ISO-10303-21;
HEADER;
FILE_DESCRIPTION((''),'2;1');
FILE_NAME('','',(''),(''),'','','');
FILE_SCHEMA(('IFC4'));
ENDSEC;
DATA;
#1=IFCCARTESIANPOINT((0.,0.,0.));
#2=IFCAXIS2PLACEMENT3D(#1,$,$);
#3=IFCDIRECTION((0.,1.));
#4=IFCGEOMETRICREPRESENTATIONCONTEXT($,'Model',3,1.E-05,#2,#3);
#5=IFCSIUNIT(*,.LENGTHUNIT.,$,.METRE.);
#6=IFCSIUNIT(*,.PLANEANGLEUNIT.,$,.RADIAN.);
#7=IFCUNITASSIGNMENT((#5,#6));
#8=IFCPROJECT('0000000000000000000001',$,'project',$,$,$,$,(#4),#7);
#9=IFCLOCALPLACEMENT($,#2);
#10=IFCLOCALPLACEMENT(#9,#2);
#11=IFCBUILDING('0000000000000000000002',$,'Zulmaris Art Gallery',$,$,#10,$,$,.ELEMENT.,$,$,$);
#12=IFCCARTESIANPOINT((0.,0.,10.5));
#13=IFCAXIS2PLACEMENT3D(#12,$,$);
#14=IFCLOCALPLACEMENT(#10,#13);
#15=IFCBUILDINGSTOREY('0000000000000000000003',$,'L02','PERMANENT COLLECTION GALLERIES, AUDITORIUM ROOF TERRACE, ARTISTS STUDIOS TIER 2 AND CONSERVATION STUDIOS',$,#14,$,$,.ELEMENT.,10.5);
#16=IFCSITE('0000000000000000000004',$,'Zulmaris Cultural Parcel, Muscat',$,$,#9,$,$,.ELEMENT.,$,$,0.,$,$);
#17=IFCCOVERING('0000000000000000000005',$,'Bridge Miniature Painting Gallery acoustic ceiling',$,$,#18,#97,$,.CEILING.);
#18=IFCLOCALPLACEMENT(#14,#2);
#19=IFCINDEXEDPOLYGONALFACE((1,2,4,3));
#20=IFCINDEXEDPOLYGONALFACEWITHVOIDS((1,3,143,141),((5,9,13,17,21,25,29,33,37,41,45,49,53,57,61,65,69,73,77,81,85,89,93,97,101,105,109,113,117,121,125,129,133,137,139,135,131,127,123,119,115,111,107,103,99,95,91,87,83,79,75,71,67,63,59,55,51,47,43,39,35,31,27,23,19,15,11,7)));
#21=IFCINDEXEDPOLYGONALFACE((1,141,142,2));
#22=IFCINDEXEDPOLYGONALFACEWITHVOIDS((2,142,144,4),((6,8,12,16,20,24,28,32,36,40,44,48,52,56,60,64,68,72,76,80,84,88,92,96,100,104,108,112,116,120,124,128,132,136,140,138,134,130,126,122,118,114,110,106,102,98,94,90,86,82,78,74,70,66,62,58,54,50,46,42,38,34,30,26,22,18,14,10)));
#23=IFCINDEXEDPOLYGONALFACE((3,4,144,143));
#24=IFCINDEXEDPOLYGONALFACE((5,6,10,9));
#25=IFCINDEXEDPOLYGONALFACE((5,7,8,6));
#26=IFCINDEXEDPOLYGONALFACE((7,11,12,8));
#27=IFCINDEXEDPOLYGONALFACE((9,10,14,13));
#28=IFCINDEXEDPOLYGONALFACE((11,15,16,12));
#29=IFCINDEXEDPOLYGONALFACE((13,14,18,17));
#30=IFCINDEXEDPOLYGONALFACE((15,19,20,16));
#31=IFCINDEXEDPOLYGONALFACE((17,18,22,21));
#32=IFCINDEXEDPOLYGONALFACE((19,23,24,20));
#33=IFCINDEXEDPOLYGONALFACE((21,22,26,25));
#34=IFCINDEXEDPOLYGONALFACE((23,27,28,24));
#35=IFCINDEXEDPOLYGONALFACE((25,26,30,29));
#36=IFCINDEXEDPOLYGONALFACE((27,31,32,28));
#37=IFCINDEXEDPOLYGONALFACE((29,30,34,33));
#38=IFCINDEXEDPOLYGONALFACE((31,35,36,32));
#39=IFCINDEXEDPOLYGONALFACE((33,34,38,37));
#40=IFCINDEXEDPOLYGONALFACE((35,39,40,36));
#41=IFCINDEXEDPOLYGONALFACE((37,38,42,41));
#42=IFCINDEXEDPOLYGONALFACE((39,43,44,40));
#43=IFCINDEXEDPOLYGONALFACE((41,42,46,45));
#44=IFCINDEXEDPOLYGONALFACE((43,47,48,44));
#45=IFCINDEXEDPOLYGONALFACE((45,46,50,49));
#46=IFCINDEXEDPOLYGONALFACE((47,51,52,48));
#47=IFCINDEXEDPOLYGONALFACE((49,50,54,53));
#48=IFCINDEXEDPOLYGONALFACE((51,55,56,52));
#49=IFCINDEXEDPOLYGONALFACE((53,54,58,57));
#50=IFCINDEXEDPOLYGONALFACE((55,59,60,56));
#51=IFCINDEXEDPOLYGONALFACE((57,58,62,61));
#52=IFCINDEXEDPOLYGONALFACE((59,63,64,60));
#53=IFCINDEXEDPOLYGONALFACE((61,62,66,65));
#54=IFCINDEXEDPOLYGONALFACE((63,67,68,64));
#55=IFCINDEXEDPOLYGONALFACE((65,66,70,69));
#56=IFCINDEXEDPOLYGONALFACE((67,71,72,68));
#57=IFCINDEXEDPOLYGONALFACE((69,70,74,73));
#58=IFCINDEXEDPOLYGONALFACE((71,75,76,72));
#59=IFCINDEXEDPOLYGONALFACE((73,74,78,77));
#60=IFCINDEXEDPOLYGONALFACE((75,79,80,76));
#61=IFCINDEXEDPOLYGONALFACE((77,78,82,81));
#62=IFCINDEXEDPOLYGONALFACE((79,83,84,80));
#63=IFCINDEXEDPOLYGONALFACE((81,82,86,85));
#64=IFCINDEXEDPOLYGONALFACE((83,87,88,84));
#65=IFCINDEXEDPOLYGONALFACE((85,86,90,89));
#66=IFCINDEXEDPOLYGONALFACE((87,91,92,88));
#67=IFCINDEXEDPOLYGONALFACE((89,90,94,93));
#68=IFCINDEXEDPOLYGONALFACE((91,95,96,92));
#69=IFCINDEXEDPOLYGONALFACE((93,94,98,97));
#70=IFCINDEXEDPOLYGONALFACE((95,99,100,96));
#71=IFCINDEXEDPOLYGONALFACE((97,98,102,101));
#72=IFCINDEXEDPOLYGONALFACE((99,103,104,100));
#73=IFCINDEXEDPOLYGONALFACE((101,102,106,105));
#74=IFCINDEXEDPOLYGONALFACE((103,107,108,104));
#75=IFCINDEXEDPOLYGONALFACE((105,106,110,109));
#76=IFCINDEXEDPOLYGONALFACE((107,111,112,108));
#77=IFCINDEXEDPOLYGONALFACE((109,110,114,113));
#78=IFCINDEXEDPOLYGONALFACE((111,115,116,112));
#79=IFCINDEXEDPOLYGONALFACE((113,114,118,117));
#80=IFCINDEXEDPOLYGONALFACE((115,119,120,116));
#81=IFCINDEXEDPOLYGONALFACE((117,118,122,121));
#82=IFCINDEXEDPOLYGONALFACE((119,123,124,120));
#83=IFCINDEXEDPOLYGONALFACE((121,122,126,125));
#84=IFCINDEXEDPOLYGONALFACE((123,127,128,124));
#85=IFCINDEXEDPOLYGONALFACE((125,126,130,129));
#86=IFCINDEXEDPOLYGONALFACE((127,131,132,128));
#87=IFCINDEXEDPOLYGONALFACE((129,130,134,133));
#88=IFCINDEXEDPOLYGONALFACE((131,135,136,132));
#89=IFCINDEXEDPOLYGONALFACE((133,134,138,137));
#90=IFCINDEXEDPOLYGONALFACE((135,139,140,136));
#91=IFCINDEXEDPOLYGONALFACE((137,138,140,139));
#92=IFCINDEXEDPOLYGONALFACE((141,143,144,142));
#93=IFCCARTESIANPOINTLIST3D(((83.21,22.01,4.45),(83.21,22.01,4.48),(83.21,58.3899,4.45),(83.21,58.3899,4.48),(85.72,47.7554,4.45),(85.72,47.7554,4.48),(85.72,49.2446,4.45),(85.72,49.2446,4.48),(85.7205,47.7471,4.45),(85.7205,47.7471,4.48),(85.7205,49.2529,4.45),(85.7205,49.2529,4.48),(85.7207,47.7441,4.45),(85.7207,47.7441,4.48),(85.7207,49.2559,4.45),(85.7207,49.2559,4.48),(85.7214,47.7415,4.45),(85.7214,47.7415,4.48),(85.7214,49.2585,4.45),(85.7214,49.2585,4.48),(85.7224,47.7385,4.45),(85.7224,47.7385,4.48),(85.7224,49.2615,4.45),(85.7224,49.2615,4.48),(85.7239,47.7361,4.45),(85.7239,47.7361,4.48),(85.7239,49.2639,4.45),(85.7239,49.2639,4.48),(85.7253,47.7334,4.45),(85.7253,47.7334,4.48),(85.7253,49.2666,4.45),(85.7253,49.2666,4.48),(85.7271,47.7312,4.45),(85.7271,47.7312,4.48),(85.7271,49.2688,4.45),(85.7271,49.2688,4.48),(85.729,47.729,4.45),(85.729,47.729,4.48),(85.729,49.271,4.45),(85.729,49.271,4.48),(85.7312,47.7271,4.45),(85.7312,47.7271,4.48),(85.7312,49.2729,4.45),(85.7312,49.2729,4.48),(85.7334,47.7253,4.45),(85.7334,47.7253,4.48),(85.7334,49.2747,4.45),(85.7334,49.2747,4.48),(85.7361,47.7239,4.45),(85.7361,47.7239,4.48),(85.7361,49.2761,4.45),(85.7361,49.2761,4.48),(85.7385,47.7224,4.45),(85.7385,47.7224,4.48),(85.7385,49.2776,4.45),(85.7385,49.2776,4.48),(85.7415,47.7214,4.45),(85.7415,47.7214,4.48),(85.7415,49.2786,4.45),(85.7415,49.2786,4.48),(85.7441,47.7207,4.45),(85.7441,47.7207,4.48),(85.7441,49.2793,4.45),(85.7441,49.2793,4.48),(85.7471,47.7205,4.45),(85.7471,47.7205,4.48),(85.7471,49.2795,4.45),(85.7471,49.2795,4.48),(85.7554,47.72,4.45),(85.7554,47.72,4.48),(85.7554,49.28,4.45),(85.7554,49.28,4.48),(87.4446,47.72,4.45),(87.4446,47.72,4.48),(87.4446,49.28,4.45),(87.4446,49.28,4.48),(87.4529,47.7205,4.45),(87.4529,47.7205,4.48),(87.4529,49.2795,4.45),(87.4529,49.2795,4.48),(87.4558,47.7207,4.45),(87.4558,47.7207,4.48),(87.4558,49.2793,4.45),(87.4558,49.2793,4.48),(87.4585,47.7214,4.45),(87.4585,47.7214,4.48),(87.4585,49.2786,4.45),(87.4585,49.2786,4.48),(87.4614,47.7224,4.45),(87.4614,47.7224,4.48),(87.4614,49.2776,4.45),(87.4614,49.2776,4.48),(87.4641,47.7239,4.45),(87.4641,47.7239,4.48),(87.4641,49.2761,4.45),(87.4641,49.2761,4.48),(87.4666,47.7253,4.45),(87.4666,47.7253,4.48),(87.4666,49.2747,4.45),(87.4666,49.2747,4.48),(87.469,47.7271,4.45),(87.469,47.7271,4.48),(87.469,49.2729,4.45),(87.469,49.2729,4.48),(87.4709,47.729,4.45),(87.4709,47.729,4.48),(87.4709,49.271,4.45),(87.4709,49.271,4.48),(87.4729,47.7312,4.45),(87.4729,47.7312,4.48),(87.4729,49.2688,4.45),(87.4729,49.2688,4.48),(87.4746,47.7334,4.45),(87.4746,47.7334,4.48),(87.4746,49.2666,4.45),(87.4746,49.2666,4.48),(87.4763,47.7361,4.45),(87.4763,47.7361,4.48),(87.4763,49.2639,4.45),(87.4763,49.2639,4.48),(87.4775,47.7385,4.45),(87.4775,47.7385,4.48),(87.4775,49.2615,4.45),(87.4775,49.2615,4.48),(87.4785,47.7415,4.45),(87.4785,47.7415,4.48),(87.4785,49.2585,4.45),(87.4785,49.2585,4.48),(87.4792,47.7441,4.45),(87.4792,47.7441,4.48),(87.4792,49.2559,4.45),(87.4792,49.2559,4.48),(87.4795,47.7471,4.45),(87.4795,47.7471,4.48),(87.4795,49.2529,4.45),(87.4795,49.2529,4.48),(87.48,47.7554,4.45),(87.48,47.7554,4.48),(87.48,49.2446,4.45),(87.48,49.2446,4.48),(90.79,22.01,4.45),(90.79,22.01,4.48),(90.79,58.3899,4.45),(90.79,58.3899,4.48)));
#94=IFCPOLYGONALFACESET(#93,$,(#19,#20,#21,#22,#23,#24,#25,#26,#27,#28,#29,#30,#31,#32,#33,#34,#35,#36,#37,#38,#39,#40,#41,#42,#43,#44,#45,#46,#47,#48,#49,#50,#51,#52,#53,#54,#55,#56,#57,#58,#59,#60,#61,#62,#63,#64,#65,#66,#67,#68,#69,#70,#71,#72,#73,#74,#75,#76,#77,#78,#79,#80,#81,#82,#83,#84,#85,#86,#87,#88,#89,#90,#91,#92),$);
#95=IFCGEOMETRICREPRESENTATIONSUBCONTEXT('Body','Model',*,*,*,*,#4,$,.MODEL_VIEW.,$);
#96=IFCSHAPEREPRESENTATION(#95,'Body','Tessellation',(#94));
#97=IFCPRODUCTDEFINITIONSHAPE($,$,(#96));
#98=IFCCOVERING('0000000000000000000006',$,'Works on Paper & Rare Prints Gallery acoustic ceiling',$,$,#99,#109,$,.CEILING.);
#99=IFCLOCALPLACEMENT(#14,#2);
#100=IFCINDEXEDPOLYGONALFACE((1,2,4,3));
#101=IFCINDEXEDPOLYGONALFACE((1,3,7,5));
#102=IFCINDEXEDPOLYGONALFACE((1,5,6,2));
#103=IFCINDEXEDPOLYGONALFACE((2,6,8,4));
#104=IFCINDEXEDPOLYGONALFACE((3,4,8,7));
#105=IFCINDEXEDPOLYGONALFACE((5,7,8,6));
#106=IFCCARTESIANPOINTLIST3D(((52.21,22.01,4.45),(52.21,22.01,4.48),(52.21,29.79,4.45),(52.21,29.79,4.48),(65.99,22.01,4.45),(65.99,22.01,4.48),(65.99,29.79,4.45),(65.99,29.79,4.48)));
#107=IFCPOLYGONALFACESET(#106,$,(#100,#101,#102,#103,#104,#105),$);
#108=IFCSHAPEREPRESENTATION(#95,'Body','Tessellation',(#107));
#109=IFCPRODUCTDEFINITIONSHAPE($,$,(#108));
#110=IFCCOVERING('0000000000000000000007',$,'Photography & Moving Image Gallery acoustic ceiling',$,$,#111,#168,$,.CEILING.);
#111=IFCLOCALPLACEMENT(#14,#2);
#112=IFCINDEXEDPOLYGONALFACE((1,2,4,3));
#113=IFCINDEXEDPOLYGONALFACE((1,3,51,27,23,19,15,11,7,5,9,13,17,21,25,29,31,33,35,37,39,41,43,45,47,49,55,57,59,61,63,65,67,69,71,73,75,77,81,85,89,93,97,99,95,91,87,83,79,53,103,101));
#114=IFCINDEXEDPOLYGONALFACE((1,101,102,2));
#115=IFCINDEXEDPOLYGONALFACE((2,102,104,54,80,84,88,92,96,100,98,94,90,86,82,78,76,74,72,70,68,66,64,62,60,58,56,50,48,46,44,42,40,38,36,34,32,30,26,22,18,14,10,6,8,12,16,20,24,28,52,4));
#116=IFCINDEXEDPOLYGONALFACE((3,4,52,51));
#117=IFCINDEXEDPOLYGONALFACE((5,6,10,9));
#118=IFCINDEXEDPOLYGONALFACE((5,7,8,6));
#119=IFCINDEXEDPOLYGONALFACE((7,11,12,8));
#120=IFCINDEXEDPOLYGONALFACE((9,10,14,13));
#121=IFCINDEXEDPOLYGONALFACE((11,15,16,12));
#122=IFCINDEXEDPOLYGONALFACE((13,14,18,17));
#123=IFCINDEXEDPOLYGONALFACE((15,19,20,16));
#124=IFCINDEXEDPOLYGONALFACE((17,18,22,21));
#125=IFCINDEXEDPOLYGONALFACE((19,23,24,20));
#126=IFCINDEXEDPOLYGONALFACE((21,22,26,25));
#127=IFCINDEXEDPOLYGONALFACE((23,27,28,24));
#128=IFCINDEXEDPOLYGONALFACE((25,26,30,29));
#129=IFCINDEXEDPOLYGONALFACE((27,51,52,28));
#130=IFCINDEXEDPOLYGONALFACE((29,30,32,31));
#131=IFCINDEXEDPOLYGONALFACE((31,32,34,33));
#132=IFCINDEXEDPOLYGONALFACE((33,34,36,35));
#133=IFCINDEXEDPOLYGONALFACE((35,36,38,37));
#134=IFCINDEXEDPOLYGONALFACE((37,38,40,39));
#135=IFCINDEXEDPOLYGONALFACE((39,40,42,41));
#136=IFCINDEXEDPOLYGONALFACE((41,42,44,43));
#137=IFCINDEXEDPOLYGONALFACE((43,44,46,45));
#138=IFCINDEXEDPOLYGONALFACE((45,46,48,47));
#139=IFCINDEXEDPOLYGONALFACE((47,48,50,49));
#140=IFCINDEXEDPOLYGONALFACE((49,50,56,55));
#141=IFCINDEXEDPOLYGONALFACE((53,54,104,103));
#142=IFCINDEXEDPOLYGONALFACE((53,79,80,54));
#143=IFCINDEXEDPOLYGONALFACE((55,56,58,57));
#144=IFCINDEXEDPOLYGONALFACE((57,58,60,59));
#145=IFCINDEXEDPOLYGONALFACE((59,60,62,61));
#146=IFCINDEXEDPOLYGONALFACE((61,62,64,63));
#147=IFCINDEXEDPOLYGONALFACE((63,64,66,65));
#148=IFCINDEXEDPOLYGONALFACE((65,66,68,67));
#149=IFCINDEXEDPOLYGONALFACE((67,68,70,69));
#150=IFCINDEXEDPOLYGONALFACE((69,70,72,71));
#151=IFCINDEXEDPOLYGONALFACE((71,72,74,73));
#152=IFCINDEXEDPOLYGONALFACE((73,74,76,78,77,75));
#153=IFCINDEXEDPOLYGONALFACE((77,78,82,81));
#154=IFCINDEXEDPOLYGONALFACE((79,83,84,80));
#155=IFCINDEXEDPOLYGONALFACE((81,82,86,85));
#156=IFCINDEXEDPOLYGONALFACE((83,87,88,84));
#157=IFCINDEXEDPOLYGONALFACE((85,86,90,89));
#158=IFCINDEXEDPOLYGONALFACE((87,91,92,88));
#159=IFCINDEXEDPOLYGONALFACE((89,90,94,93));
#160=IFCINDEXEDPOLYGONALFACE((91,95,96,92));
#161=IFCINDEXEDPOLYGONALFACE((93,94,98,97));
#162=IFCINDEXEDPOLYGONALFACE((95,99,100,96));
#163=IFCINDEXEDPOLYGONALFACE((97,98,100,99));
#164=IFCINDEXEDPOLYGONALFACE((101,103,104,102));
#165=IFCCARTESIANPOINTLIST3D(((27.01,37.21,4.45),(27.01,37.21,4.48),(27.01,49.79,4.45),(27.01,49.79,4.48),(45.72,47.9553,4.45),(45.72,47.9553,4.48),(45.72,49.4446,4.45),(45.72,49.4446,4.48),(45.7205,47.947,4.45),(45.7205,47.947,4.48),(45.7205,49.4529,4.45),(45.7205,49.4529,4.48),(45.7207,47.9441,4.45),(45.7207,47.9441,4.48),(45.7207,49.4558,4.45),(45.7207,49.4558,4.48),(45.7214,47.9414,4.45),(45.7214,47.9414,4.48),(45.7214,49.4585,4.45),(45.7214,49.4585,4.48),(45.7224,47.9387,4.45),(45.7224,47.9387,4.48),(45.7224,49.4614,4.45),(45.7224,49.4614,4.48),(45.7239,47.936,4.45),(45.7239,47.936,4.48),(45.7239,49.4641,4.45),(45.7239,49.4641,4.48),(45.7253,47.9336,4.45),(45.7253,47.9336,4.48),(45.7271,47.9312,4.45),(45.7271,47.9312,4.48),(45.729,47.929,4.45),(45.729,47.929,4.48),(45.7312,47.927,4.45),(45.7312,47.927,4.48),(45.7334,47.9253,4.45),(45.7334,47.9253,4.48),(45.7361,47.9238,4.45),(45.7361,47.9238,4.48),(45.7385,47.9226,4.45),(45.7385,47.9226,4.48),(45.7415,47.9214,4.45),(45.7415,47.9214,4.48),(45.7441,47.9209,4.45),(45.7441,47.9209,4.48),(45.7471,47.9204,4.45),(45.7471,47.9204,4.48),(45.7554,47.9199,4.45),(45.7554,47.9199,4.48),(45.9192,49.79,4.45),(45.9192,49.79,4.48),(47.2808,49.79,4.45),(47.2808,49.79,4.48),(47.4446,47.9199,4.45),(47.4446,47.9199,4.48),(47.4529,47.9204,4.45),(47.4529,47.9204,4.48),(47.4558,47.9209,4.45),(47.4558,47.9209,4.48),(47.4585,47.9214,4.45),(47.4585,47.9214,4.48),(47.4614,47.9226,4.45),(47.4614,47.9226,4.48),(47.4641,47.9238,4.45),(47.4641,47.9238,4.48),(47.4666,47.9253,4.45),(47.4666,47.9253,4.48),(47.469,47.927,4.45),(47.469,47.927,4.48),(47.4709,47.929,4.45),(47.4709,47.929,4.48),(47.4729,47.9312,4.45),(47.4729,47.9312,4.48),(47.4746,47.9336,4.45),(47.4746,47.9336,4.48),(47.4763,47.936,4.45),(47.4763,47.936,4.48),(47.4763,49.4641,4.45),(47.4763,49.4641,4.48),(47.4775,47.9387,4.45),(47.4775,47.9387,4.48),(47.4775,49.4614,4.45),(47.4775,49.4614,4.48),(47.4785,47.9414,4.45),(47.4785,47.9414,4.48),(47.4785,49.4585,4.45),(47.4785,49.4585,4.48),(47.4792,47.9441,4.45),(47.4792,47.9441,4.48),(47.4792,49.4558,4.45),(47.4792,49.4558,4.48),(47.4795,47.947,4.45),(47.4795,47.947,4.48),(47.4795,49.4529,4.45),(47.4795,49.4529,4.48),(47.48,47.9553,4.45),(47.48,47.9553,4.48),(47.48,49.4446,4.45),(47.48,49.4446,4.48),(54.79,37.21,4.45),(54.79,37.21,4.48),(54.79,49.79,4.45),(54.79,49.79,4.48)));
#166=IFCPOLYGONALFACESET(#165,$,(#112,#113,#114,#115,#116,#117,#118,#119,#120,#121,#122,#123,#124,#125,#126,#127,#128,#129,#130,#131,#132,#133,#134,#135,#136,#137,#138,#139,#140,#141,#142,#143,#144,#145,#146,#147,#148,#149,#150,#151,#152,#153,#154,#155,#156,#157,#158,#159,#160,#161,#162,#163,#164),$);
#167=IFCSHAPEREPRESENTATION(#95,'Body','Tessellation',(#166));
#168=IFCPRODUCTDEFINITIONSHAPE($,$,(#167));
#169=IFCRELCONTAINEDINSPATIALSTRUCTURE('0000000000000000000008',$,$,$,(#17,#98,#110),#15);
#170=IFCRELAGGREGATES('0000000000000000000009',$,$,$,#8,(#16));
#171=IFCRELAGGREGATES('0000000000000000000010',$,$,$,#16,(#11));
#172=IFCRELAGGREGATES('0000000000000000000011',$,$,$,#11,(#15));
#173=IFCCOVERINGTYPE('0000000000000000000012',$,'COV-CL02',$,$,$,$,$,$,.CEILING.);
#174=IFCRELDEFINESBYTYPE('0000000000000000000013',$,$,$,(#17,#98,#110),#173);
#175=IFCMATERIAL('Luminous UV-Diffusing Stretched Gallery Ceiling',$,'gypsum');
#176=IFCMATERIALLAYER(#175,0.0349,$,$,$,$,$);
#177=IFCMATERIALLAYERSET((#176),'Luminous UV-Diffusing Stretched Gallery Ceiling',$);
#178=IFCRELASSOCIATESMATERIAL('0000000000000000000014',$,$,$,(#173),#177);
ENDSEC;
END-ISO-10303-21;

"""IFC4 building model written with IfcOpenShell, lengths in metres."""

from ifc_helpers import new_model, si_unit, direction, frame, origin, place, context, subcontext, project, spatial, polyline, outline, extrude, material, layer, layer_set, type_object, element, save


model = new_model("IFC4")

# Units and contexts
model_context = context("Model", 3, precision=1e-05, world=origin(), true_north=direction((0.0, 1.0)))
body_context = subcontext(model_context, "Body", "Model", "MODEL_VIEW")
ifc_project = project(units=[si_unit("LENGTHUNIT", "METRE"), si_unit("PLANEANGLEUNIT", "RADIAN")], contexts=[model_context])

# Site, building, storey
site_placement = place(None, origin())
site = spatial("IfcSite", under=ifc_project, at=site_placement, Name="Zulmaris Cultural Parcel, Muscat", CompositionType="ELEMENT", RefElevation=0.0)
building_placement = place(site_placement, origin())
building = spatial("IfcBuilding", under=site, at=building_placement, Name="Zulmaris Art Gallery", CompositionType="ELEMENT")
storey_placement = place(building_placement, frame((0.0, 0.0, 10.5)))
storey = spatial("IfcBuildingStorey", under=building, at=storey_placement, Name="L02", Description="PERMANENT COLLECTION GALLERIES, AUDITORIUM ROOF TERRACE, ARTISTS STUDIOS TIER 2 AND CONSERVATION STUDIOS", CompositionType="ELEMENT", Elevation=10.5)

# Coverings
ifc_material_1 = material(Name="Luminous UV-Diffusing Stretched Gallery Ceiling", Category="gypsum")
ifc_layer_1 = layer(ifc_material_1, 0.0349)
ifc_layer_set_1 = layer_set([ifc_layer_1], Name="Luminous UV-Diffusing Stretched Gallery Ceiling")
covering_type_1 = type_object("IfcCoveringType", Name="COV-CL02", PredefinedType="CEILING", material=ifc_layer_set_1)
covering_1_placement = place(storey_placement, frame((0.0, 0.0, 4.45)))
element("IfcCovering", 1, at=covering_1_placement, inside=storey, type_object=covering_type_1, Name="Bridge Miniature Painting Gallery acoustic ceiling", PredefinedType="CEILING", context=body_context, shape_type="SweptSolid", body=[
    extrude(outline(polyline([(83.21, 58.3899), (90.79, 58.3899), (90.79, 22.01), (83.21, 22.01), (83.21, 58.3899)]), holes=[polyline([(85.7415, 49.2786), (85.7385, 49.2776), (85.7361, 49.2761), (85.7334, 49.2747), (85.7312, 49.2729), (85.729, 49.271), (85.7271, 49.2688), (85.7253, 49.2666), (85.7239, 49.2639), (85.7224, 49.2615), (85.7214, 49.2585), (85.7207, 49.2559), (85.7205, 49.2529), (85.72, 49.2446), (85.72, 47.7554), (85.7205, 47.7471), (85.7207, 47.7441), (85.7214, 47.7415), (85.7224, 47.7385), (85.7239, 47.7361), (85.7253, 47.7334), (85.7271, 47.7312), (85.729, 47.729), (85.7312, 47.7271), (85.7334, 47.7253), (85.7361, 47.7239), (85.7385, 47.7224), (85.7415, 47.7214), (85.7441, 47.7207), (85.7471, 47.7205), (85.7554, 47.72), (87.4446, 47.72), (87.4529, 47.7205), (87.4558, 47.7207), (87.4585, 47.7214), (87.4614, 47.7224), (87.4641, 47.7239), (87.4666, 47.7253), (87.469, 47.7271), (87.4709, 47.729), (87.4729, 47.7312), (87.4746, 47.7334), (87.4763, 47.7361), (87.4775, 47.7385), (87.4785, 47.7415), (87.4792, 47.7441), (87.4795, 47.7471), (87.48, 47.7554), (87.48, 49.2446), (87.4795, 49.2529), (87.4792, 49.2559), (87.4785, 49.2585), (87.4775, 49.2615), (87.4763, 49.2639), (87.4746, 49.2666), (87.4729, 49.2688), (87.4709, 49.271), (87.469, 49.2729), (87.4666, 49.2747), (87.4641, 49.2761), (87.4614, 49.2776), (87.4585, 49.2786), (87.4558, 49.2793), (87.4529, 49.2795), (87.4446, 49.28), (85.7554, 49.28), (85.7471, 49.2795), (85.7441, 49.2793), (85.7415, 49.2786)])]), origin(), (0.0, 0.0, 1.0), 0.03),
])
covering_2_placement = place(storey_placement, frame((0.0, 0.0, 4.45)))
element("IfcCovering", 2, at=covering_2_placement, inside=storey, type_object=covering_type_1, Name="Works on Paper & Rare Prints Gallery acoustic ceiling", PredefinedType="CEILING", context=body_context, shape_type="SweptSolid", body=[
    extrude(outline(polyline([(52.21, 29.79), (65.99, 29.79), (65.99, 22.01), (52.21, 22.01), (52.21, 29.79)])), origin(), (0.0, 0.0, 1.0), 0.03),
])
covering_3_placement = place(storey_placement, frame((0.0, 0.0, 4.45)))
element("IfcCovering", 3, at=covering_3_placement, inside=storey, type_object=covering_type_1, Name="Photography & Moving Image Gallery acoustic ceiling", PredefinedType="CEILING", context=body_context, shape_type="SweptSolid", body=[
    extrude(outline(polyline([(45.7214, 47.9414), (45.7224, 47.9387), (45.7239, 47.936), (45.7253, 47.9336), (45.7271, 47.9312), (45.729, 47.929), (45.7312, 47.927), (45.7334, 47.9253), (45.7361, 47.9238), (45.7385, 47.9226), (45.7415, 47.9214), (45.7441, 47.9209), (45.7471, 47.9204), (45.7554, 47.9199), (47.4446, 47.9199), (47.4529, 47.9204), (47.4558, 47.9209), (47.4585, 47.9214), (47.4614, 47.9226), (47.4641, 47.9238), (47.4666, 47.9253), (47.469, 47.927), (47.4709, 47.929), (47.4729, 47.9312), (47.4746, 47.9336), (47.4763, 47.936), (47.4775, 47.9387), (47.4785, 47.9414), (47.4792, 47.9441), (47.4795, 47.947), (47.48, 47.9553), (47.48, 49.4446), (47.4795, 49.4529), (47.4792, 49.4558), (47.4785, 49.4585), (47.4775, 49.4614), (47.4763, 49.4641), (47.2808, 49.79), (54.79, 49.79), (54.79, 37.21), (27.01, 37.21), (27.01, 49.79), (45.9192, 49.79), (45.7239, 49.4641), (45.7224, 49.4614), (45.7214, 49.4585), (45.7207, 49.4558), (45.7205, 49.4529), (45.72, 49.4446), (45.72, 47.9553), (45.7205, 47.947), (45.7207, 47.9441), (45.7214, 47.9414)])), origin(), (0.0, 0.0, 1.0), 0.03),
])

save(model, "model.ifc")
